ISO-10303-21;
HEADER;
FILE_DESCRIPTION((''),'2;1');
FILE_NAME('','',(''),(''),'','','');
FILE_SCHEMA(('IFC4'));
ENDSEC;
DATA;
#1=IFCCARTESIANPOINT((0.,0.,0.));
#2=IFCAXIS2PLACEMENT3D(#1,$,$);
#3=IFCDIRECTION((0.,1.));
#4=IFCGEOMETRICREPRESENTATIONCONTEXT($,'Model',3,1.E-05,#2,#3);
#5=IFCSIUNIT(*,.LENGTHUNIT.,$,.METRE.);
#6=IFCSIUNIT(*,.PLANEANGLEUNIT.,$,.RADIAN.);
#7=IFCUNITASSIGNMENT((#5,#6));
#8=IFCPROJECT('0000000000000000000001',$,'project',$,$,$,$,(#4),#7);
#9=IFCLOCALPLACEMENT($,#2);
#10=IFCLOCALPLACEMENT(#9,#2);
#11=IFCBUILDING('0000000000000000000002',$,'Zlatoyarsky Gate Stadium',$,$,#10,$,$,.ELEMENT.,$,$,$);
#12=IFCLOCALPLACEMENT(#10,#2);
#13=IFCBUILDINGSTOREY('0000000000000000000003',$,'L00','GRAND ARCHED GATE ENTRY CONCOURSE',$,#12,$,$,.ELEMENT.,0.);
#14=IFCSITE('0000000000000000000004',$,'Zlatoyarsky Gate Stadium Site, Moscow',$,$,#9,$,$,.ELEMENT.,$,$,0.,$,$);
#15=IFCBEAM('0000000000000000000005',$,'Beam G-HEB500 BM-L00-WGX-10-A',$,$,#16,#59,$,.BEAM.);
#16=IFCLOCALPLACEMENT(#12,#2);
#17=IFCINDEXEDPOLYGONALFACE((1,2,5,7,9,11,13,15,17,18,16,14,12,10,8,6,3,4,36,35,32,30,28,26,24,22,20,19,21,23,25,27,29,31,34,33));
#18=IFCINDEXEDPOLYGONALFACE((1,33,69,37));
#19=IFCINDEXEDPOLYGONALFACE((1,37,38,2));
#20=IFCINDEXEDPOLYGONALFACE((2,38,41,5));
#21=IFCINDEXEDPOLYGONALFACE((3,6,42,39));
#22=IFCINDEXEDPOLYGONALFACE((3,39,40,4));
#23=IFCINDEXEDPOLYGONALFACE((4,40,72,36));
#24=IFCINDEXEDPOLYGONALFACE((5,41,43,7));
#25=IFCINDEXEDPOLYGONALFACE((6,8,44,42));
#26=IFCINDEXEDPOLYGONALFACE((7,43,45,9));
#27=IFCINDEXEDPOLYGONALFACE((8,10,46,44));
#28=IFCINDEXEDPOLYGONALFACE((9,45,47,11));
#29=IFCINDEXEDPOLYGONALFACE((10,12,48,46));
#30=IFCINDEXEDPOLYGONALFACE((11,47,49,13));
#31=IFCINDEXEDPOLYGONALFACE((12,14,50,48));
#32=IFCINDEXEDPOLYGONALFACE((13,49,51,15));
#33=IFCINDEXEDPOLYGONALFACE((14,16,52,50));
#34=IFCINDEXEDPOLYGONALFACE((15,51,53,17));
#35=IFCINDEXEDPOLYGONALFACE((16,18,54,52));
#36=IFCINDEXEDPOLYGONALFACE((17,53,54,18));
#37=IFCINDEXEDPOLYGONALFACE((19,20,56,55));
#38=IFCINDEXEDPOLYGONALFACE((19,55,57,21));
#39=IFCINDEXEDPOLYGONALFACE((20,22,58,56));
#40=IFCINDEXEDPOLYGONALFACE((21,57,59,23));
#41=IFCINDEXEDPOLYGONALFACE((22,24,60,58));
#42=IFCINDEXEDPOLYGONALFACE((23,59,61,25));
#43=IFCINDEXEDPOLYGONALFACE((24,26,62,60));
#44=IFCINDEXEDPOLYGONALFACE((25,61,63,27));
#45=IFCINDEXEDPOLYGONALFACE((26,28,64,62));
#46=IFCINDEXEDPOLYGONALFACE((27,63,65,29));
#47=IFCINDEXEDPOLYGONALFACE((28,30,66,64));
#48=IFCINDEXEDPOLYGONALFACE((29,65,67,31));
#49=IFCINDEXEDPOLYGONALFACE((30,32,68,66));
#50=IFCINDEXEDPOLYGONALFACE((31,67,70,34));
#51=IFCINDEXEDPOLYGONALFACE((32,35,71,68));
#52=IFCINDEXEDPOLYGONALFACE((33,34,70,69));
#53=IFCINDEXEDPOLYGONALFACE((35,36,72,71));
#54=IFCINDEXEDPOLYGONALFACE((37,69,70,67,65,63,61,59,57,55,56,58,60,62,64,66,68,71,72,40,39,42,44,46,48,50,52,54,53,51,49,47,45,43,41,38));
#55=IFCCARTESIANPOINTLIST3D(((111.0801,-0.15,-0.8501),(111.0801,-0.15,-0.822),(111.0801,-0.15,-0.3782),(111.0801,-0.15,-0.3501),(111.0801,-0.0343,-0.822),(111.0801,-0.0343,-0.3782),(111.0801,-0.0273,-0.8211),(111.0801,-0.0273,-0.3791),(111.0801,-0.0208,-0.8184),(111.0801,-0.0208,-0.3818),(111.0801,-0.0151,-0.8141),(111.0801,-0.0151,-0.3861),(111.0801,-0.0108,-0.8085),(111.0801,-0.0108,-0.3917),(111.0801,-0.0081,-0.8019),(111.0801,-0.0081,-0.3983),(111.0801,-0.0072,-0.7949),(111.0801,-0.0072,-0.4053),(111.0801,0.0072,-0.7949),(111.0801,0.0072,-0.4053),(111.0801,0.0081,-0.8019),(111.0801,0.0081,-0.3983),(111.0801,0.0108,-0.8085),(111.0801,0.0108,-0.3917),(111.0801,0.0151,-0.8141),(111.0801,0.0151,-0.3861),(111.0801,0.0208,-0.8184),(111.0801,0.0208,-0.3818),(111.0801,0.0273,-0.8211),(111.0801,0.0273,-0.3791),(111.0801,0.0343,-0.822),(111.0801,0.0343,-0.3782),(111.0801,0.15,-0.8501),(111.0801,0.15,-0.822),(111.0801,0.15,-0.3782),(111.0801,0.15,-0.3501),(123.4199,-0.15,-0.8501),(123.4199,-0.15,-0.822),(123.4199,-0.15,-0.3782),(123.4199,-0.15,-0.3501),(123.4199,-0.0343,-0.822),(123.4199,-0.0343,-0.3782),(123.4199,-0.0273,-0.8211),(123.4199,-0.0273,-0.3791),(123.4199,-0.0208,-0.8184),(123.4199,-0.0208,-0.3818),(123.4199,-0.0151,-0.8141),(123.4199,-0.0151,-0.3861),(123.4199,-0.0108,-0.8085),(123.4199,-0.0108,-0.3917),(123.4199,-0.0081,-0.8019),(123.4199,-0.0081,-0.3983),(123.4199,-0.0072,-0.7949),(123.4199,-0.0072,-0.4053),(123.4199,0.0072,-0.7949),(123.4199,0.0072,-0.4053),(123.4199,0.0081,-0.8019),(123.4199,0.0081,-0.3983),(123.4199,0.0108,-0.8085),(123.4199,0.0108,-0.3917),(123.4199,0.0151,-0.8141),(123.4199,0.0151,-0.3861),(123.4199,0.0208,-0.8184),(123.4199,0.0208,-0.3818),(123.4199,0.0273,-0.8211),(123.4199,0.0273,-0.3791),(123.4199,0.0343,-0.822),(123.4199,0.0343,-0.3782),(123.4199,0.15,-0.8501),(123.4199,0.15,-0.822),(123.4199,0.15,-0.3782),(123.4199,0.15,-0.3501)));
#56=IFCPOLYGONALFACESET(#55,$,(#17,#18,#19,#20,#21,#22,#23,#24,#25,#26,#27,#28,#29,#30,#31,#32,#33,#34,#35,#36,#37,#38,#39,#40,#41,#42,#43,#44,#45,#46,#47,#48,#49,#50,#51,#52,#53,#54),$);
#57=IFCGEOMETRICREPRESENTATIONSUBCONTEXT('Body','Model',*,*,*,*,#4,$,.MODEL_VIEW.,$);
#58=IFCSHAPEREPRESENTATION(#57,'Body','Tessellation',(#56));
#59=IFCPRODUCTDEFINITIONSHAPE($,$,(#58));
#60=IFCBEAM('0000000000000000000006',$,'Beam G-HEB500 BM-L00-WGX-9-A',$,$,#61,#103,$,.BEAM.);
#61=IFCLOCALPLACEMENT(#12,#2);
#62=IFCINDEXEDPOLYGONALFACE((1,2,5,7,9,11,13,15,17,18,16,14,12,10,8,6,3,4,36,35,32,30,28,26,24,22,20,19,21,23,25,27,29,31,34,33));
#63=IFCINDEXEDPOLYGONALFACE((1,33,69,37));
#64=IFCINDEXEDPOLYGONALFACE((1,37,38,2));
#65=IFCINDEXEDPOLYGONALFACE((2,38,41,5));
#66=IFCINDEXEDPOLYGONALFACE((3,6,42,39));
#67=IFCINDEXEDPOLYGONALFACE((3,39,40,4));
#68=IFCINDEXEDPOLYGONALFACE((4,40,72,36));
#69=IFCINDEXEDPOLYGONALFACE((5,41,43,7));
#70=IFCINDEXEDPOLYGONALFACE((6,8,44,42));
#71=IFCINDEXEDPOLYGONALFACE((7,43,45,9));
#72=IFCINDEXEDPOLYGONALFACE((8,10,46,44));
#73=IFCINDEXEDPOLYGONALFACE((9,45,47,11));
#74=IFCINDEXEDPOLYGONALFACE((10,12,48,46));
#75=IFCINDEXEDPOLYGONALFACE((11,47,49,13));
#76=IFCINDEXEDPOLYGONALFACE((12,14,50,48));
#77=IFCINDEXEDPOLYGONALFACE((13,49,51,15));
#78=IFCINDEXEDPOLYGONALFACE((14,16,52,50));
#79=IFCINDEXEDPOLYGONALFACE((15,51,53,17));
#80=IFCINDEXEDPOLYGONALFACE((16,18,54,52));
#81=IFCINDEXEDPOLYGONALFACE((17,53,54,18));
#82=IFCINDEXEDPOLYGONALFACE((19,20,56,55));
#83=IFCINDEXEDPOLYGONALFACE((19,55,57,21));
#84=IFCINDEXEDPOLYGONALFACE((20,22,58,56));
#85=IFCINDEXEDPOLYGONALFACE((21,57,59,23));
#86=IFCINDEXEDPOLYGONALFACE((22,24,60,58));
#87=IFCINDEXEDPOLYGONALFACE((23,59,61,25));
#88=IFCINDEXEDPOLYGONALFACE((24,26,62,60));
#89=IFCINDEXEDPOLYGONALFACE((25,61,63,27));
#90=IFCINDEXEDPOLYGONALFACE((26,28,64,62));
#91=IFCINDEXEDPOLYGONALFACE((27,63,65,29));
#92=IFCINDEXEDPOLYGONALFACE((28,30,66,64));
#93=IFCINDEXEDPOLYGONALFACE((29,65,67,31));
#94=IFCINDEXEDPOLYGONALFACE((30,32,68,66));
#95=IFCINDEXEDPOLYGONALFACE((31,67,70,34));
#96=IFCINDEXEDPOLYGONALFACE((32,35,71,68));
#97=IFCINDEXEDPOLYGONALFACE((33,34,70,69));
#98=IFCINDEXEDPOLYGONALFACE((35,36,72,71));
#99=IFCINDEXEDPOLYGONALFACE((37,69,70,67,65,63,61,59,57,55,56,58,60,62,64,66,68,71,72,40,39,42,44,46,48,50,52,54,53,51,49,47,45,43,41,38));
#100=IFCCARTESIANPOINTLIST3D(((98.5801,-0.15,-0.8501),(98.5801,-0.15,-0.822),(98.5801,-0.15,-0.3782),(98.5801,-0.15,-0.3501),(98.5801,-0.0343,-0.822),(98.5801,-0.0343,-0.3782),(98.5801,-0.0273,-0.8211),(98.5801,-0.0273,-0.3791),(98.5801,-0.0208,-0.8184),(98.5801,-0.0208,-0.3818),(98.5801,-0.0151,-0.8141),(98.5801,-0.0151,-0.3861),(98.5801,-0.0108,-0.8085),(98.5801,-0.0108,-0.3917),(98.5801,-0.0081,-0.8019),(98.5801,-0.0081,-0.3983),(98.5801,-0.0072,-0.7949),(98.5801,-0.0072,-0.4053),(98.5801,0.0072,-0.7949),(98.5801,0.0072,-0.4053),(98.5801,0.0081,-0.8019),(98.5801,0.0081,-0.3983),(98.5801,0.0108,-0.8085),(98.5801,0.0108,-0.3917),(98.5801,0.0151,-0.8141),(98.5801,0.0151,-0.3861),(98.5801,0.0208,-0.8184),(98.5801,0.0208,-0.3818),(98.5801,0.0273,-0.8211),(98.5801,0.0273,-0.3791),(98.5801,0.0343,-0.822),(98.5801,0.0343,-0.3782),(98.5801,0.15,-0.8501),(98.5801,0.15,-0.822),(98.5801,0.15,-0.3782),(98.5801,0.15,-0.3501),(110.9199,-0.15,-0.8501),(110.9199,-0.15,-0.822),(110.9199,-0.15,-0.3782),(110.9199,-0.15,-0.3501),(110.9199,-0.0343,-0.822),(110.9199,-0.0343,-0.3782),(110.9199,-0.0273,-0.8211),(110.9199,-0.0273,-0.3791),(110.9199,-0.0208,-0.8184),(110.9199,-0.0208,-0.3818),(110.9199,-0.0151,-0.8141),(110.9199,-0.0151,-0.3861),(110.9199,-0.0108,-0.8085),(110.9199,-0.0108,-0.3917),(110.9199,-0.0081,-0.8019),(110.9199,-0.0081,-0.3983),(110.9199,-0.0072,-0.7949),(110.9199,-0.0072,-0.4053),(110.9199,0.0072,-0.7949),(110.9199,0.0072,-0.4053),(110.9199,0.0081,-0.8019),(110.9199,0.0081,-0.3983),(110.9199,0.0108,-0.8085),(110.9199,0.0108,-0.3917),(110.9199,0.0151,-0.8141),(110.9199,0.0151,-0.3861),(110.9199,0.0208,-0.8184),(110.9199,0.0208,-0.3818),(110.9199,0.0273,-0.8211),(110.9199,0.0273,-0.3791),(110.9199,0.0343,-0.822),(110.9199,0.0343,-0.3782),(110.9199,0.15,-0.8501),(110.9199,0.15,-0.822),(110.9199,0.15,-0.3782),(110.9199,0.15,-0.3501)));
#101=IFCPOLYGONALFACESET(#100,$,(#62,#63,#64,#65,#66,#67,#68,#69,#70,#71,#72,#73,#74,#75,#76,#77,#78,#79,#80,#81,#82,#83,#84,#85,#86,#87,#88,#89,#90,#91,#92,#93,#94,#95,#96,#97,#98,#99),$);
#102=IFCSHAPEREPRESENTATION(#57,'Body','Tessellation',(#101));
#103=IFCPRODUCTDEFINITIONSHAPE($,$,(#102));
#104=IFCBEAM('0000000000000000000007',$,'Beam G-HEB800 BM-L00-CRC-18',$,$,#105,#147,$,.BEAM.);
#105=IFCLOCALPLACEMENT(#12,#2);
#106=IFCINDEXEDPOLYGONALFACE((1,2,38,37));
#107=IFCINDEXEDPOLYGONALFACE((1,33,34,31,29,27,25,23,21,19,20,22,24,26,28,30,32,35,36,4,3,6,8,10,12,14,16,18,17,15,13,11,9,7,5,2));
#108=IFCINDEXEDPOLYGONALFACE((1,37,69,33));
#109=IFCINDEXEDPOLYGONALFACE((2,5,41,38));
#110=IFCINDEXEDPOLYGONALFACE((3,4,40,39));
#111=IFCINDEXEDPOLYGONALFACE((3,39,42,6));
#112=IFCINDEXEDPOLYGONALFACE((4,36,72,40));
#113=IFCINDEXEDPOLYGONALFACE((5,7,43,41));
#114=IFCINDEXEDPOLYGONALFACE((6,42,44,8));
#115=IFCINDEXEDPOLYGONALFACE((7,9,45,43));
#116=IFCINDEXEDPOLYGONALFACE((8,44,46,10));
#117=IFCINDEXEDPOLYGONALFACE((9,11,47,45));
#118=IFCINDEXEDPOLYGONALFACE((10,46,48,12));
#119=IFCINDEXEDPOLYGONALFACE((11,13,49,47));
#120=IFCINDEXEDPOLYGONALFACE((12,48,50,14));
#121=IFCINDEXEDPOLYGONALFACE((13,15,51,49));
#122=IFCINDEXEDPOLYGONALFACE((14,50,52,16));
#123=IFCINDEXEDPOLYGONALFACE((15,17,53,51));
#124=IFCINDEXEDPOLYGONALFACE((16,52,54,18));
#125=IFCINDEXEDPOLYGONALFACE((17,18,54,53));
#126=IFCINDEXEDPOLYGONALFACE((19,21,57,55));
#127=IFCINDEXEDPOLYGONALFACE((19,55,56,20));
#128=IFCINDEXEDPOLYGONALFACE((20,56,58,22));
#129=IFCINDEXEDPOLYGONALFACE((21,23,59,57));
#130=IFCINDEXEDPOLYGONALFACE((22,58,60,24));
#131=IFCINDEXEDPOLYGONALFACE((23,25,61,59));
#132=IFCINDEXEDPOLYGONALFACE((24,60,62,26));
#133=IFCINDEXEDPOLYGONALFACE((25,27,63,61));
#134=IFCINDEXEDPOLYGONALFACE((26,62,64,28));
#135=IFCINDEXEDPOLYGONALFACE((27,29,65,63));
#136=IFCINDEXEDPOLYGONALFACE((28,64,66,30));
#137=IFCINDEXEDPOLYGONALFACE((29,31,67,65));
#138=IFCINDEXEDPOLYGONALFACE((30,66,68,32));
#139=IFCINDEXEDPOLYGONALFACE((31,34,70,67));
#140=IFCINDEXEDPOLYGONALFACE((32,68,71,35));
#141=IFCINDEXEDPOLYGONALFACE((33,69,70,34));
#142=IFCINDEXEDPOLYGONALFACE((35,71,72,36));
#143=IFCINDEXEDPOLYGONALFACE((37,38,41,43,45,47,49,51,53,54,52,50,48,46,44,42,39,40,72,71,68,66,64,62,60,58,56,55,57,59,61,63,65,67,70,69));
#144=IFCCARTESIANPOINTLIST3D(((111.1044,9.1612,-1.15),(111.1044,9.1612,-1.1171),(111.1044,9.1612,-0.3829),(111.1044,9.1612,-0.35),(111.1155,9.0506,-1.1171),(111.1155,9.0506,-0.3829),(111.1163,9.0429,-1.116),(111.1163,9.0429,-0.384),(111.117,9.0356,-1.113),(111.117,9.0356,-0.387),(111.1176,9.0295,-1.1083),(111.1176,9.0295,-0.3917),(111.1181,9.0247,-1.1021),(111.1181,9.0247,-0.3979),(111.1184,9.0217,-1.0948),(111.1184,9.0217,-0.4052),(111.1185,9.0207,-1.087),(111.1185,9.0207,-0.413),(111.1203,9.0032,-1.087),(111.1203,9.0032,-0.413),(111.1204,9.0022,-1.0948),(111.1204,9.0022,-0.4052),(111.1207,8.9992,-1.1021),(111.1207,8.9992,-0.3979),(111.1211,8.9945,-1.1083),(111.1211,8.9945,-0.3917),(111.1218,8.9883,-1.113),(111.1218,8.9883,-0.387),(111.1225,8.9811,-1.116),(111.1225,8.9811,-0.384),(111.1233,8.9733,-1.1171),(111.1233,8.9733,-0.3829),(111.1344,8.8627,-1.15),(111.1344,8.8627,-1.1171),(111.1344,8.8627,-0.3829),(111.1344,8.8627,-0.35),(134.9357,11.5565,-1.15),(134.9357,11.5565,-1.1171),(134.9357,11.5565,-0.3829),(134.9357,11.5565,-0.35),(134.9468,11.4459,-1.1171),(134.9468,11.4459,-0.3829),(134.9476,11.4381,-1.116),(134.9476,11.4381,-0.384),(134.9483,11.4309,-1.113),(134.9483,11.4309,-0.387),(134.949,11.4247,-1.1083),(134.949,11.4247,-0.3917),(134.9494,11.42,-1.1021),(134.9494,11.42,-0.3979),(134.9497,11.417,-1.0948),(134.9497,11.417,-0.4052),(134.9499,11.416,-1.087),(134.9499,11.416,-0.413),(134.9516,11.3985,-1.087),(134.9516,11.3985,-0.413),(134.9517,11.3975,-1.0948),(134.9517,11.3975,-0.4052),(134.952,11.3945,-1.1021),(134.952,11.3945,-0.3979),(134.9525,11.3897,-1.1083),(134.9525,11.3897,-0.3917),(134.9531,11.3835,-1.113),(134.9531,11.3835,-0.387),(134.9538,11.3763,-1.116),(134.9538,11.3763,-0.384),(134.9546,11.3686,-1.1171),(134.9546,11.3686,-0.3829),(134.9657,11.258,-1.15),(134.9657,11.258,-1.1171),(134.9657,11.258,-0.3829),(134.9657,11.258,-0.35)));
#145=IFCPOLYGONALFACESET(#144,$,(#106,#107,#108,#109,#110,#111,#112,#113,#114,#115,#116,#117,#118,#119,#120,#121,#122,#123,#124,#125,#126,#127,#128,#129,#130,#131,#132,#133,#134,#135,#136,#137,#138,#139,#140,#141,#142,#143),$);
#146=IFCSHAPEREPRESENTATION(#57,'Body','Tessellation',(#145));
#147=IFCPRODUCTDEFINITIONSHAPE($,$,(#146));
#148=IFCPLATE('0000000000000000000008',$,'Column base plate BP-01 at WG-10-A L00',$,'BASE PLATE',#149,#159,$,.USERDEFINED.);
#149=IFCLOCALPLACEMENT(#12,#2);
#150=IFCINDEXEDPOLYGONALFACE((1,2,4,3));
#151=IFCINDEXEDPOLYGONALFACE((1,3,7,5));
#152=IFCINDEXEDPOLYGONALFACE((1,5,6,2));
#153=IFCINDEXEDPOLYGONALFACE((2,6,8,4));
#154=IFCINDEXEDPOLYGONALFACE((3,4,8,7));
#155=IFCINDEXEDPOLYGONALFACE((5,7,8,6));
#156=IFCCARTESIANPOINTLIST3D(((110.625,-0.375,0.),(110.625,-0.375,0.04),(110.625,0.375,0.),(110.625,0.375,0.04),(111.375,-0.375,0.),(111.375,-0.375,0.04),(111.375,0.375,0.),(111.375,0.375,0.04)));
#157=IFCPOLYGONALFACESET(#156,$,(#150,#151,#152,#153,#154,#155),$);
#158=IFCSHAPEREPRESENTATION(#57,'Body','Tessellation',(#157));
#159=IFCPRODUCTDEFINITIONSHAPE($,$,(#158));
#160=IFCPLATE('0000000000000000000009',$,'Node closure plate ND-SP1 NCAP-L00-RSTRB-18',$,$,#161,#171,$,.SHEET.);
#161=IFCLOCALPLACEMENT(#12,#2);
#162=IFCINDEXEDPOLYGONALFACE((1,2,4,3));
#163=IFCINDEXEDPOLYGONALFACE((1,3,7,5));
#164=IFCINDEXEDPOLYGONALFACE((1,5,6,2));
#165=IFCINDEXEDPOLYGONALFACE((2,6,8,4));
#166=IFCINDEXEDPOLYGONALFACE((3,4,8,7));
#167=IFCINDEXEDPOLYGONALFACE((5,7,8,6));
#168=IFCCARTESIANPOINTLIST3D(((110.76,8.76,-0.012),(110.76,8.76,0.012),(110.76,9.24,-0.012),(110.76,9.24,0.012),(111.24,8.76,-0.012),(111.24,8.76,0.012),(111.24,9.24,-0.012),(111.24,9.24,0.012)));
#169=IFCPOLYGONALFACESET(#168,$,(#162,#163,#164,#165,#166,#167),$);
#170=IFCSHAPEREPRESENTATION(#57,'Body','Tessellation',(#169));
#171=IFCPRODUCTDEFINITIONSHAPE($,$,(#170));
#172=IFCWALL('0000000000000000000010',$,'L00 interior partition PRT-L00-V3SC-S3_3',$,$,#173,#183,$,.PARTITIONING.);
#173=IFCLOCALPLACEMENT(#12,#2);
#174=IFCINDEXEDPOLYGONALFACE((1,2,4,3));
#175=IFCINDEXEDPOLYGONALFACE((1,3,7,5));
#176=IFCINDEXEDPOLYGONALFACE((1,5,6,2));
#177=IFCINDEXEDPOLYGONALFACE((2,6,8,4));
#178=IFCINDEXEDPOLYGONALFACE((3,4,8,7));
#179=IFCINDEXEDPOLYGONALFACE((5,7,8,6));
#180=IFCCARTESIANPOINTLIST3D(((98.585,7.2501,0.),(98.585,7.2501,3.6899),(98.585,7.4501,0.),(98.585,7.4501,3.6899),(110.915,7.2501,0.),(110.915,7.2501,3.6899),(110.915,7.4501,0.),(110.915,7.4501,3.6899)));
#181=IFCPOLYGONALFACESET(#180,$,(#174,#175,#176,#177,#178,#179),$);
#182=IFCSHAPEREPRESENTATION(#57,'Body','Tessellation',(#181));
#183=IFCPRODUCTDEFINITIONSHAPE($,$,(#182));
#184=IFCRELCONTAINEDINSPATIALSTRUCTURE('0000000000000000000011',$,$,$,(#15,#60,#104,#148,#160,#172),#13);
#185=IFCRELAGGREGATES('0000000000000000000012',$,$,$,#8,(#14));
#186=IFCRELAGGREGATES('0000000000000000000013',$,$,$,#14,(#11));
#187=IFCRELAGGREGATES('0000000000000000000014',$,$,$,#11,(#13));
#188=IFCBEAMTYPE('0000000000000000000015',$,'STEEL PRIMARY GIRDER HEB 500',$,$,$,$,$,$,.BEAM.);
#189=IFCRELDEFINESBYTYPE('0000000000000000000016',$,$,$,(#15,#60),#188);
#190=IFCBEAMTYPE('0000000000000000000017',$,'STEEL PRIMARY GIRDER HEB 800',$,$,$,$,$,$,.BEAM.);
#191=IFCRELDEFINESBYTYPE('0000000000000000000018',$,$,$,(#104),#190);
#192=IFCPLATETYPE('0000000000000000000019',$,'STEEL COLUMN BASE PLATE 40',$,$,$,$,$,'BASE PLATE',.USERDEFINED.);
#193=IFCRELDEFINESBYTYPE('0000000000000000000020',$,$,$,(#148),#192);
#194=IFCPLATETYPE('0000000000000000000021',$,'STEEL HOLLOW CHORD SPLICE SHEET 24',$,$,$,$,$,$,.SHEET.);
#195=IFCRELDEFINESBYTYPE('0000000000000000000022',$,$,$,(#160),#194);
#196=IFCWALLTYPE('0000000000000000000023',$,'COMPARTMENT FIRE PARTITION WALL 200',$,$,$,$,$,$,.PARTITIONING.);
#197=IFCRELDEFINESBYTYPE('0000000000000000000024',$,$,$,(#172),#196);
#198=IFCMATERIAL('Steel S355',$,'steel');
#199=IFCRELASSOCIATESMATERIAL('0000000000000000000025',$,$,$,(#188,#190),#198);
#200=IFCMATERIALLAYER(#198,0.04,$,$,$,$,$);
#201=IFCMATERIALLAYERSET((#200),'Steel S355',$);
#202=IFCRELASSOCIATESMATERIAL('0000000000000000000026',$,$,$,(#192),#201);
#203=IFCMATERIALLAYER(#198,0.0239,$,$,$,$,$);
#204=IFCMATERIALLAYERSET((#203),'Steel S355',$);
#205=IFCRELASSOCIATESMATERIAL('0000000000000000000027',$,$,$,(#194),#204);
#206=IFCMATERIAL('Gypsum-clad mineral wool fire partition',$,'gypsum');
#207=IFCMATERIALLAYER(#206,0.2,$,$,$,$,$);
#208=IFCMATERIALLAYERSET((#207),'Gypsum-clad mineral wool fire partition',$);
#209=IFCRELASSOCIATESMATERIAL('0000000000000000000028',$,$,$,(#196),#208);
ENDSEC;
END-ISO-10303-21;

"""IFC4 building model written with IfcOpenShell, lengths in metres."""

from ifc_helpers import new_model, si_unit, direction, frame, frame_2d, origin, origin_2d, place, context, subcontext, project, spatial, rectangle, i_section, extrude, material, layer, layer_set, material_profile, profile_set, type_object, element, save


model = new_model("IFC4")

# Units and contexts
model_context = context("Model", 3, precision=1e-05, world=origin(), true_north=direction((0.0, 1.0)))
body_context = subcontext(model_context, "Body", "Model", "MODEL_VIEW")
ifc_project = project(units=[si_unit("LENGTHUNIT", "METRE"), si_unit("PLANEANGLEUNIT", "RADIAN")], contexts=[model_context])

# Site, building, storey
site_placement = place(None, origin())
site = spatial("IfcSite", under=ifc_project, at=site_placement, Name="Zlatoyarsky Gate Stadium Site, Moscow", CompositionType="ELEMENT", RefElevation=0.0)
building_placement = place(site_placement, origin())
building = spatial("IfcBuilding", under=site, at=building_placement, Name="Zlatoyarsky Gate Stadium", CompositionType="ELEMENT")
storey_placement = place(building_placement, origin())
storey = spatial("IfcBuildingStorey", under=building, at=storey_placement, Name="L00", Description="GRAND ARCHED GATE ENTRY CONCOURSE", CompositionType="ELEMENT", Elevation=0.0)

# Shared definitions
ifc_material_1 = material(Name="Steel S355", Category="steel")

# Beams
ifc_material_profile_1 = material_profile(ifc_material_1, i_section(OverallWidth=0.3, OverallDepth=0.5, WebThickness=0.0144, FlangeThickness=0.0281, FilletRadius=0.0271, at=origin_2d()), Name="HEB 500")
ifc_profile_set_1 = profile_set([ifc_material_profile_1], Name="Steel S355")
beam_type_1 = type_object("IfcBeamType", Name="STEEL PRIMARY GIRDER HEB 500", PredefinedType="BEAM", material=ifc_profile_set_1)
for number, where, z_axis, x_axis, name in (
    (1, (111.0801, 0.0, -0.6001), (1.0, 0.0, 0.0), (0.0, 1.0, 0.0), "Beam G-HEB500 BM-L00-WGX-10-A"),
    (2, (98.5801, 0.0, -0.6001), (1.0, 0.0, 0.0), (0.0, 1.0, 0.0), "Beam G-HEB500 BM-L00-WGX-9-A"),
):
    element("IfcBeam", number, at=place(storey_placement, frame(where, z_axis=z_axis, x_axis=x_axis)), inside=storey, type_object=beam_type_1, Name=name, PredefinedType="BEAM", context=body_context, shape_type="SweptSolid", body=[
        extrude(i_section(OverallWidth=0.3, OverallDepth=0.5, WebThickness=0.0144, FlangeThickness=0.0281, FilletRadius=0.0271, at=origin_2d()), origin(), (0.0, 0.0, 1.0), 12.3398),
    ])
ifc_material_profile_2 = material_profile(ifc_material_1, i_section(OverallWidth=0.3, OverallDepth=0.8, WebThickness=0.0176, FlangeThickness=0.033, FilletRadius=0.03, at=origin_2d()), Name="HEB 800")
ifc_profile_set_2 = profile_set([ifc_material_profile_2], Name="Steel S355")
beam_type_2 = type_object("IfcBeamType", Name="STEEL PRIMARY GIRDER HEB 800", PredefinedType="BEAM", material=ifc_profile_set_2)
beam_1_placement = place(storey_placement, frame((111.1194, 9.012, -0.75), z_axis=(0.994987, 0.100005, 0.0), x_axis=(-0.100005, 0.994987, 0.0)))
element("IfcBeam", 3, at=beam_1_placement, inside=storey, type_object=beam_type_2, Name="Beam G-HEB800 BM-L00-CRC-18", PredefinedType="BEAM", context=body_context, shape_type="SweptSolid", body=[
    extrude(i_section(OverallWidth=0.3, OverallDepth=0.8, WebThickness=0.0176, FlangeThickness=0.033, FilletRadius=0.03, at=origin_2d()), origin(), (0.0, 0.0, 1.0), 23.9514),
])

# Plates
ifc_layer_1 = layer(ifc_material_1, 0.04)
ifc_layer_set_1 = layer_set([ifc_layer_1], Name="Steel S355")
plate_type_1 = type_object("IfcPlateType", Name="STEEL COLUMN BASE PLATE 40", ElementType="BASE PLATE", PredefinedType="USERDEFINED", material=ifc_layer_set_1)
plate_1_placement = place(storey_placement, frame((111.0, 0.0, 0.0), z_axis=(0.0, 0.0, 1.0), x_axis=(1.0, 0.0, 0.0)))
element("IfcPlate", 4, at=plate_1_placement, inside=storey, type_object=plate_type_1, Name="Column base plate BP-01 at WG-10-A L00", ObjectType="BASE PLATE", PredefinedType="USERDEFINED", context=body_context, shape_type="SweptSolid", body=[
    extrude(rectangle(XDim=0.75, YDim=0.75, at=origin_2d()), origin(), (0.0, 0.0, 1.0), 0.04),
])
ifc_layer_2 = layer(ifc_material_1, 0.0239)
ifc_layer_set_2 = layer_set([ifc_layer_2], Name="Steel S355")
plate_type_2 = type_object("IfcPlateType", Name="STEEL HOLLOW CHORD SPLICE SHEET 24", PredefinedType="SHEET", material=ifc_layer_set_2)
plate_2_placement = place(storey_placement, frame((111.0, 9.0, -0.012), z_axis=(0.0, 0.0, 1.0), x_axis=(1.0, 0.0, 0.0)))
element("IfcPlate", 5, at=plate_2_placement, inside=storey, type_object=plate_type_2, Name="Node closure plate ND-SP1 NCAP-L00-RSTRB-18", PredefinedType="SHEET", context=body_context, shape_type="SweptSolid", body=[
    extrude(rectangle(XDim=0.48, YDim=0.48, at=origin_2d()), origin(), (0.0, 0.0, 1.0), 0.0239),
])

# Wall
ifc_material_2 = material(Name="Gypsum-clad mineral wool fire partition", Category="gypsum")
ifc_layer_3 = layer(ifc_material_2, 0.2)
ifc_layer_set_3 = layer_set([ifc_layer_3], Name="Gypsum-clad mineral wool fire partition")
wall_type_1 = type_object("IfcWallType", Name="COMPARTMENT FIRE PARTITION WALL 200", PredefinedType="PARTITIONING", material=ifc_layer_set_3)
wall_1_placement = place(storey_placement, frame((98.585, 7.3501, 0.0), z_axis=(0.0, 0.0, 1.0), x_axis=(1.0, 0.0, 0.0)))
element("IfcWall", 6, at=wall_1_placement, inside=storey, type_object=wall_type_1, Name="L00 interior partition PRT-L00-V3SC-S3_3", PredefinedType="PARTITIONING", context=body_context, shape_type="SweptSolid", body=[
    extrude(rectangle(XDim=12.3301, YDim=0.2, at=frame_2d((6.165, 0.0))), origin(), (0.0, 0.0, 1.0), 3.6899),
])

save(model, "model.ifc")
